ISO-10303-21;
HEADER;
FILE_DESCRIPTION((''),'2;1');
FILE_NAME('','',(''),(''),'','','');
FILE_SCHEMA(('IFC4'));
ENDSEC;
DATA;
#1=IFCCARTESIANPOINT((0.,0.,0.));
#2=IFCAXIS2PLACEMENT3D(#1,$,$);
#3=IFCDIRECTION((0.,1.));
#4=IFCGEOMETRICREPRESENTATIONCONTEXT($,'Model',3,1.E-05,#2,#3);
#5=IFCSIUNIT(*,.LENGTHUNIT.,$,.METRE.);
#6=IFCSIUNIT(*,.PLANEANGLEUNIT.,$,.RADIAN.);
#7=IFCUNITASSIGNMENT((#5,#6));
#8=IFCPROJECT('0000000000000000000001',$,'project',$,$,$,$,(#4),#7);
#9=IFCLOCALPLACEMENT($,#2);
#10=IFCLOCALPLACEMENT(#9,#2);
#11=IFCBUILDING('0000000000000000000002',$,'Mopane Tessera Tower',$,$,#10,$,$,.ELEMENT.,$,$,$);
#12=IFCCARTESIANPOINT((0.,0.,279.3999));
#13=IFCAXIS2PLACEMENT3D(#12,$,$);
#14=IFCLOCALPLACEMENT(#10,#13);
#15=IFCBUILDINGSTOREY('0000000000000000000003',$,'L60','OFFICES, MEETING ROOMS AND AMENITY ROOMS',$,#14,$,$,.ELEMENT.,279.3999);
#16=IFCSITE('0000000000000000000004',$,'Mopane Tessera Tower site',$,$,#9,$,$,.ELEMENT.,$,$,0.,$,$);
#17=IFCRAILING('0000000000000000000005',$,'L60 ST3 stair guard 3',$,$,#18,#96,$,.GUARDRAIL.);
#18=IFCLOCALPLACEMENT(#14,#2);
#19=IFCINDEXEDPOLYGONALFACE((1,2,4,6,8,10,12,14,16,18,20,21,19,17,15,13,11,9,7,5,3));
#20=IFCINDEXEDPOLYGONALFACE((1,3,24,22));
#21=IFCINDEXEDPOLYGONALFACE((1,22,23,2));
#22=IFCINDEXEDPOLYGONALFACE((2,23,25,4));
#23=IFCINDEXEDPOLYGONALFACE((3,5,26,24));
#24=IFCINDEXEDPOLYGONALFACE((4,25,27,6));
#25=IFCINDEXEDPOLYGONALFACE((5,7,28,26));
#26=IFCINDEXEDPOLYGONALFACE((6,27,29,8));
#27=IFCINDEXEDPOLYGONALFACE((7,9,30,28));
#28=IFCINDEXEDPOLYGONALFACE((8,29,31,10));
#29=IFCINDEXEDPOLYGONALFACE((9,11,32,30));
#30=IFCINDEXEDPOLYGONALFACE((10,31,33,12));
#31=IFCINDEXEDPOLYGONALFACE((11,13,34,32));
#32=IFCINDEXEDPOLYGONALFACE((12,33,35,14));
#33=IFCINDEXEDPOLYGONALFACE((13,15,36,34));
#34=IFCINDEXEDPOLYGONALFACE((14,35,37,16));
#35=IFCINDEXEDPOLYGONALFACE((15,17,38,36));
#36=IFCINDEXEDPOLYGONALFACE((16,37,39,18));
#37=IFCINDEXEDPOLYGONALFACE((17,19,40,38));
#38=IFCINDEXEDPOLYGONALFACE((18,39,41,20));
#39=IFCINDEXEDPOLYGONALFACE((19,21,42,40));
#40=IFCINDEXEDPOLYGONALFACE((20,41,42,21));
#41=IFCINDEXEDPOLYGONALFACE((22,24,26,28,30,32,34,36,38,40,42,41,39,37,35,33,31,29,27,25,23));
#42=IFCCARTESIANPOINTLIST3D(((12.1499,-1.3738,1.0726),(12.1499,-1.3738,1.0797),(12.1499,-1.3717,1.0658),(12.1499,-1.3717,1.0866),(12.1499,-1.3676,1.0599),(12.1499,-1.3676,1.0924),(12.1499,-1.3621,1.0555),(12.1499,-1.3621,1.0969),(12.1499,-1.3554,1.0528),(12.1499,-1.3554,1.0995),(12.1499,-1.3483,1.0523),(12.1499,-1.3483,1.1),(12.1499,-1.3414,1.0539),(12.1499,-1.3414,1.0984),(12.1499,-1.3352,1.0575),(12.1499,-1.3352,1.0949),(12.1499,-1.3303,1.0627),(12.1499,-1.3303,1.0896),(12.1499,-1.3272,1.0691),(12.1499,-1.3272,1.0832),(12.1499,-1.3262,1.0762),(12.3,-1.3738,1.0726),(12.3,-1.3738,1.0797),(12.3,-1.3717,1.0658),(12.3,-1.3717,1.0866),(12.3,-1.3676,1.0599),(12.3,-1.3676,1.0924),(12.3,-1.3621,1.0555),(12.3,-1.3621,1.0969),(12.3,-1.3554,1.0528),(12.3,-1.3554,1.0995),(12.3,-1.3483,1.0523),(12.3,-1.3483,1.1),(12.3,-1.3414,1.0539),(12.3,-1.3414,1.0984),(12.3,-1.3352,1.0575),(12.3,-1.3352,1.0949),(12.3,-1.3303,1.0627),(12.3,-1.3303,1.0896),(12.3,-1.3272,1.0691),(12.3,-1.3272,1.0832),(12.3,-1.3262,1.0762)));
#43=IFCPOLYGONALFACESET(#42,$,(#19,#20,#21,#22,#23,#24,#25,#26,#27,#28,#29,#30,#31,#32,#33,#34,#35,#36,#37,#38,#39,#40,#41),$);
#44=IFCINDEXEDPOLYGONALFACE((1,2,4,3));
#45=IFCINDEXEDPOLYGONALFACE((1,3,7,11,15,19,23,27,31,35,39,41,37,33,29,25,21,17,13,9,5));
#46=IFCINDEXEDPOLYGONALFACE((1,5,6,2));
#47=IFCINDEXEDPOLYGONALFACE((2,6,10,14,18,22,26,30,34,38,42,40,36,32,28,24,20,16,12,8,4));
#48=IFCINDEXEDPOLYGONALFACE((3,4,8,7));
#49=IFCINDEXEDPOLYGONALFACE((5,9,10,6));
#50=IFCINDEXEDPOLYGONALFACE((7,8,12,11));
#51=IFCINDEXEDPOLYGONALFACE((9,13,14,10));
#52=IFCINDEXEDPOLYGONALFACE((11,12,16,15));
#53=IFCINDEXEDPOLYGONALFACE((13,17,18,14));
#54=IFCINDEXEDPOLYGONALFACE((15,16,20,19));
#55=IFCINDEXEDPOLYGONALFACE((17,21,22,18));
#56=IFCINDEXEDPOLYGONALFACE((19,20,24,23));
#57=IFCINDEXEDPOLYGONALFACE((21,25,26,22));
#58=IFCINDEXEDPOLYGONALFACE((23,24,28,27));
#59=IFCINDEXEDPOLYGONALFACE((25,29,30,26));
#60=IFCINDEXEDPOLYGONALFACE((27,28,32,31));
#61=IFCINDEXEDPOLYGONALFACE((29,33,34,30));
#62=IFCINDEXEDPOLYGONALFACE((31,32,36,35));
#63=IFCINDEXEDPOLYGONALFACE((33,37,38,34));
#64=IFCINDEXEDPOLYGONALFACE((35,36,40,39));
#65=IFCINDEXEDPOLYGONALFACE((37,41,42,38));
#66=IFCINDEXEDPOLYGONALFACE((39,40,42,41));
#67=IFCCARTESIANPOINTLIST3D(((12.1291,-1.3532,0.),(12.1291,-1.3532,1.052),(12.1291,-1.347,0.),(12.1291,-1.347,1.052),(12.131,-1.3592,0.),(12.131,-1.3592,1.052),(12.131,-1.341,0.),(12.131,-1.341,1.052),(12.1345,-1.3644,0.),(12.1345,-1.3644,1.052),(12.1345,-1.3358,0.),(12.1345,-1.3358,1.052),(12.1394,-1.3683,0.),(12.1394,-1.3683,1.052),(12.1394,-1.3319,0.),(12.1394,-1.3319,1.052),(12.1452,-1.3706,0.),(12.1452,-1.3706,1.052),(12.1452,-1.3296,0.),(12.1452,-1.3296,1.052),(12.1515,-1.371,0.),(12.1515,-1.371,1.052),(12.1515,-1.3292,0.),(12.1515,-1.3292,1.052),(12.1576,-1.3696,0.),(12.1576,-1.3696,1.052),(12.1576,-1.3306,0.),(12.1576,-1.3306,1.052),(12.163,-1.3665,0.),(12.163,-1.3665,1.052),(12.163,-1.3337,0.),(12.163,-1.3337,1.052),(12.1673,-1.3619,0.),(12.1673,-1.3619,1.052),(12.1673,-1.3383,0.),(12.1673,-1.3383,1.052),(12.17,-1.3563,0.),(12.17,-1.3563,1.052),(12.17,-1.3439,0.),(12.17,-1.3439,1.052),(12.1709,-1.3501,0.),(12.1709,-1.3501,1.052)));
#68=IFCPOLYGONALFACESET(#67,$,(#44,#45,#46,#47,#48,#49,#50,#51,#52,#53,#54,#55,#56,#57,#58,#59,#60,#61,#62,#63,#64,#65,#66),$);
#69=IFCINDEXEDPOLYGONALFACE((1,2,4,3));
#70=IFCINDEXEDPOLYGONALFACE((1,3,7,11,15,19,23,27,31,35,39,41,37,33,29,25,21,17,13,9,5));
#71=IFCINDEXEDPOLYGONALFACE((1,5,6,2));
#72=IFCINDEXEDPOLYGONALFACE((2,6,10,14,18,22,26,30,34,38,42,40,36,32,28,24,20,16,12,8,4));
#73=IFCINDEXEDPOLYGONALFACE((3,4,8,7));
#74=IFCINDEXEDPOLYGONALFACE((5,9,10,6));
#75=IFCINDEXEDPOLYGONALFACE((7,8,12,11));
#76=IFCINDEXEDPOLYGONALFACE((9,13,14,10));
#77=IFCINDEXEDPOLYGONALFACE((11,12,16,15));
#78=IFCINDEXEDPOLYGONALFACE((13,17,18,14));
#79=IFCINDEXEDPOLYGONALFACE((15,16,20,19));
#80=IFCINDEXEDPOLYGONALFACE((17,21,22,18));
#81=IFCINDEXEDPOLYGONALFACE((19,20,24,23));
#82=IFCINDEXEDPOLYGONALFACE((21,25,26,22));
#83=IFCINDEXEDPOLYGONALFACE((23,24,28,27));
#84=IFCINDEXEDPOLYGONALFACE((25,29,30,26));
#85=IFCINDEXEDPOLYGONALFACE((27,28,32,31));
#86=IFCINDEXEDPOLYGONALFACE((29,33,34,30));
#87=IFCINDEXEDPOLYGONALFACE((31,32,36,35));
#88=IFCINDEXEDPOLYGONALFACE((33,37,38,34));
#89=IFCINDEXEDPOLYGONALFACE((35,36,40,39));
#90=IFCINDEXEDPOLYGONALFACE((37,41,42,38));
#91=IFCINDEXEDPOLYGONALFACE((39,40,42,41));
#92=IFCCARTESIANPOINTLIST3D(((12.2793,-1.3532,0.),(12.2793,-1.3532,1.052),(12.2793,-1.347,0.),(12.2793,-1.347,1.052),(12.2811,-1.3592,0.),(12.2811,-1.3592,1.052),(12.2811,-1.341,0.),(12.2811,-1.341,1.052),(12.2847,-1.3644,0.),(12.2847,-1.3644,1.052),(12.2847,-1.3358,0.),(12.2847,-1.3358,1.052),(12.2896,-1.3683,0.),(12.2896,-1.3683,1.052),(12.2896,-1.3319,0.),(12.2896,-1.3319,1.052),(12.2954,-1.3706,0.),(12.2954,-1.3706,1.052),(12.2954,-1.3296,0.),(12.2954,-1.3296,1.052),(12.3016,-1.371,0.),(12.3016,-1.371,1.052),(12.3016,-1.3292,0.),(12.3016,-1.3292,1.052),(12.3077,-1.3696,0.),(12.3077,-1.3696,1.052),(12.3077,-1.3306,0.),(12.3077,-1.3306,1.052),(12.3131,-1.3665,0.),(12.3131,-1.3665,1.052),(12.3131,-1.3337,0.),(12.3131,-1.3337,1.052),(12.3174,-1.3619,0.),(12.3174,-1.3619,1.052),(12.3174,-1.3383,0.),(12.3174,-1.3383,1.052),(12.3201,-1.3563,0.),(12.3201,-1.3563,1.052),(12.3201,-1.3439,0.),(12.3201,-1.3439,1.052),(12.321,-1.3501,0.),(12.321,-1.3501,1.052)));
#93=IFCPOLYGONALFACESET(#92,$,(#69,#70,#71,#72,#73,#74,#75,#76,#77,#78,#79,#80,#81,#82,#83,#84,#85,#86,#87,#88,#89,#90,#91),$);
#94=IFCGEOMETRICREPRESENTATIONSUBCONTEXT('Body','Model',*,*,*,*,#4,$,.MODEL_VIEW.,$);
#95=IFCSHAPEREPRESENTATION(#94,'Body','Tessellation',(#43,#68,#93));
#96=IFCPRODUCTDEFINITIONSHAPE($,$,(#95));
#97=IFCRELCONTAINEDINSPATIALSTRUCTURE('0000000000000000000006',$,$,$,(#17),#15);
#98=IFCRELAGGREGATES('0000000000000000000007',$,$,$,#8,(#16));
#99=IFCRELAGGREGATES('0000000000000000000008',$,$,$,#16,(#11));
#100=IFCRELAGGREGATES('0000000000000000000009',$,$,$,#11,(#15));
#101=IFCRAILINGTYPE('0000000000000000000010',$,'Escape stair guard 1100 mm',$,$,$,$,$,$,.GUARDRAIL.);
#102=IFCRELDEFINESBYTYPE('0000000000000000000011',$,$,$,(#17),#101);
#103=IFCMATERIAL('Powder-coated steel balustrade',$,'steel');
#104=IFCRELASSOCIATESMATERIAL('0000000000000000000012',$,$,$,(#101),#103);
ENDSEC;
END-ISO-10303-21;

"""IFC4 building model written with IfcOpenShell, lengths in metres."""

from ifc_helpers import new_model, si_unit, direction, frame, origin, origin_2d, place, context, subcontext, project, spatial, circle, extrude, material, type_object, element, save


model = new_model("IFC4")

# Units and contexts
model_context = context("Model", 3, precision=1e-05, world=origin(), true_north=direction((0.0, 1.0)))
body_context = subcontext(model_context, "Body", "Model", "MODEL_VIEW")
ifc_project = project(units=[si_unit("LENGTHUNIT", "METRE"), si_unit("PLANEANGLEUNIT", "RADIAN")], contexts=[model_context])

# Site, building, storey
site_placement = place(None, origin())
site = spatial("IfcSite", under=ifc_project, at=site_placement, Name="Mopane Tessera Tower site", CompositionType="ELEMENT", RefElevation=0.0)
building_placement = place(site_placement, origin())
building = spatial("IfcBuilding", under=site, at=building_placement, Name="Mopane Tessera Tower", CompositionType="ELEMENT")
storey_placement = place(building_placement, frame((0.0, 0.0, 279.3999)))
storey = spatial("IfcBuildingStorey", under=building, at=storey_placement, Name="L60", Description="OFFICES, MEETING ROOMS AND AMENITY ROOMS", CompositionType="ELEMENT", Elevation=279.3999)

# Railing
ifc_material_1 = material(Name="Powder-coated steel balustrade", Category="steel")
railing_type_1 = type_object("IfcRailingType", Name="Escape stair guard 1100 mm", PredefinedType="GUARDRAIL", material=ifc_material_1)
railing_1_placement = place(storey_placement, frame((12.1499, -1.3501, 0.0)))
element("IfcRailing", 1, at=railing_1_placement, inside=storey, type_object=railing_type_1, Name="L60 ST3 stair guard 3", PredefinedType="GUARDRAIL", context=body_context, shape_type="SweptSolid", body=[
    extrude(circle(Radius=0.0239, at=origin_2d()), frame((0.0, 0.0, 1.0762), z_axis=(1.0, 0.0, 0.0), x_axis=(0.0, 1.0, 0.0)), (0.0, 0.0, 1.0), 0.1501),
    extrude(circle(Radius=0.021, at=origin_2d()), origin(), (0.0, 0.0, 1.0), 1.052),
    extrude(circle(Radius=0.021, at=origin_2d()), frame((0.1501, 0.0, 0.0)), (0.0, 0.0, 1.0), 1.052),
])

save(model, "model.ifc")
